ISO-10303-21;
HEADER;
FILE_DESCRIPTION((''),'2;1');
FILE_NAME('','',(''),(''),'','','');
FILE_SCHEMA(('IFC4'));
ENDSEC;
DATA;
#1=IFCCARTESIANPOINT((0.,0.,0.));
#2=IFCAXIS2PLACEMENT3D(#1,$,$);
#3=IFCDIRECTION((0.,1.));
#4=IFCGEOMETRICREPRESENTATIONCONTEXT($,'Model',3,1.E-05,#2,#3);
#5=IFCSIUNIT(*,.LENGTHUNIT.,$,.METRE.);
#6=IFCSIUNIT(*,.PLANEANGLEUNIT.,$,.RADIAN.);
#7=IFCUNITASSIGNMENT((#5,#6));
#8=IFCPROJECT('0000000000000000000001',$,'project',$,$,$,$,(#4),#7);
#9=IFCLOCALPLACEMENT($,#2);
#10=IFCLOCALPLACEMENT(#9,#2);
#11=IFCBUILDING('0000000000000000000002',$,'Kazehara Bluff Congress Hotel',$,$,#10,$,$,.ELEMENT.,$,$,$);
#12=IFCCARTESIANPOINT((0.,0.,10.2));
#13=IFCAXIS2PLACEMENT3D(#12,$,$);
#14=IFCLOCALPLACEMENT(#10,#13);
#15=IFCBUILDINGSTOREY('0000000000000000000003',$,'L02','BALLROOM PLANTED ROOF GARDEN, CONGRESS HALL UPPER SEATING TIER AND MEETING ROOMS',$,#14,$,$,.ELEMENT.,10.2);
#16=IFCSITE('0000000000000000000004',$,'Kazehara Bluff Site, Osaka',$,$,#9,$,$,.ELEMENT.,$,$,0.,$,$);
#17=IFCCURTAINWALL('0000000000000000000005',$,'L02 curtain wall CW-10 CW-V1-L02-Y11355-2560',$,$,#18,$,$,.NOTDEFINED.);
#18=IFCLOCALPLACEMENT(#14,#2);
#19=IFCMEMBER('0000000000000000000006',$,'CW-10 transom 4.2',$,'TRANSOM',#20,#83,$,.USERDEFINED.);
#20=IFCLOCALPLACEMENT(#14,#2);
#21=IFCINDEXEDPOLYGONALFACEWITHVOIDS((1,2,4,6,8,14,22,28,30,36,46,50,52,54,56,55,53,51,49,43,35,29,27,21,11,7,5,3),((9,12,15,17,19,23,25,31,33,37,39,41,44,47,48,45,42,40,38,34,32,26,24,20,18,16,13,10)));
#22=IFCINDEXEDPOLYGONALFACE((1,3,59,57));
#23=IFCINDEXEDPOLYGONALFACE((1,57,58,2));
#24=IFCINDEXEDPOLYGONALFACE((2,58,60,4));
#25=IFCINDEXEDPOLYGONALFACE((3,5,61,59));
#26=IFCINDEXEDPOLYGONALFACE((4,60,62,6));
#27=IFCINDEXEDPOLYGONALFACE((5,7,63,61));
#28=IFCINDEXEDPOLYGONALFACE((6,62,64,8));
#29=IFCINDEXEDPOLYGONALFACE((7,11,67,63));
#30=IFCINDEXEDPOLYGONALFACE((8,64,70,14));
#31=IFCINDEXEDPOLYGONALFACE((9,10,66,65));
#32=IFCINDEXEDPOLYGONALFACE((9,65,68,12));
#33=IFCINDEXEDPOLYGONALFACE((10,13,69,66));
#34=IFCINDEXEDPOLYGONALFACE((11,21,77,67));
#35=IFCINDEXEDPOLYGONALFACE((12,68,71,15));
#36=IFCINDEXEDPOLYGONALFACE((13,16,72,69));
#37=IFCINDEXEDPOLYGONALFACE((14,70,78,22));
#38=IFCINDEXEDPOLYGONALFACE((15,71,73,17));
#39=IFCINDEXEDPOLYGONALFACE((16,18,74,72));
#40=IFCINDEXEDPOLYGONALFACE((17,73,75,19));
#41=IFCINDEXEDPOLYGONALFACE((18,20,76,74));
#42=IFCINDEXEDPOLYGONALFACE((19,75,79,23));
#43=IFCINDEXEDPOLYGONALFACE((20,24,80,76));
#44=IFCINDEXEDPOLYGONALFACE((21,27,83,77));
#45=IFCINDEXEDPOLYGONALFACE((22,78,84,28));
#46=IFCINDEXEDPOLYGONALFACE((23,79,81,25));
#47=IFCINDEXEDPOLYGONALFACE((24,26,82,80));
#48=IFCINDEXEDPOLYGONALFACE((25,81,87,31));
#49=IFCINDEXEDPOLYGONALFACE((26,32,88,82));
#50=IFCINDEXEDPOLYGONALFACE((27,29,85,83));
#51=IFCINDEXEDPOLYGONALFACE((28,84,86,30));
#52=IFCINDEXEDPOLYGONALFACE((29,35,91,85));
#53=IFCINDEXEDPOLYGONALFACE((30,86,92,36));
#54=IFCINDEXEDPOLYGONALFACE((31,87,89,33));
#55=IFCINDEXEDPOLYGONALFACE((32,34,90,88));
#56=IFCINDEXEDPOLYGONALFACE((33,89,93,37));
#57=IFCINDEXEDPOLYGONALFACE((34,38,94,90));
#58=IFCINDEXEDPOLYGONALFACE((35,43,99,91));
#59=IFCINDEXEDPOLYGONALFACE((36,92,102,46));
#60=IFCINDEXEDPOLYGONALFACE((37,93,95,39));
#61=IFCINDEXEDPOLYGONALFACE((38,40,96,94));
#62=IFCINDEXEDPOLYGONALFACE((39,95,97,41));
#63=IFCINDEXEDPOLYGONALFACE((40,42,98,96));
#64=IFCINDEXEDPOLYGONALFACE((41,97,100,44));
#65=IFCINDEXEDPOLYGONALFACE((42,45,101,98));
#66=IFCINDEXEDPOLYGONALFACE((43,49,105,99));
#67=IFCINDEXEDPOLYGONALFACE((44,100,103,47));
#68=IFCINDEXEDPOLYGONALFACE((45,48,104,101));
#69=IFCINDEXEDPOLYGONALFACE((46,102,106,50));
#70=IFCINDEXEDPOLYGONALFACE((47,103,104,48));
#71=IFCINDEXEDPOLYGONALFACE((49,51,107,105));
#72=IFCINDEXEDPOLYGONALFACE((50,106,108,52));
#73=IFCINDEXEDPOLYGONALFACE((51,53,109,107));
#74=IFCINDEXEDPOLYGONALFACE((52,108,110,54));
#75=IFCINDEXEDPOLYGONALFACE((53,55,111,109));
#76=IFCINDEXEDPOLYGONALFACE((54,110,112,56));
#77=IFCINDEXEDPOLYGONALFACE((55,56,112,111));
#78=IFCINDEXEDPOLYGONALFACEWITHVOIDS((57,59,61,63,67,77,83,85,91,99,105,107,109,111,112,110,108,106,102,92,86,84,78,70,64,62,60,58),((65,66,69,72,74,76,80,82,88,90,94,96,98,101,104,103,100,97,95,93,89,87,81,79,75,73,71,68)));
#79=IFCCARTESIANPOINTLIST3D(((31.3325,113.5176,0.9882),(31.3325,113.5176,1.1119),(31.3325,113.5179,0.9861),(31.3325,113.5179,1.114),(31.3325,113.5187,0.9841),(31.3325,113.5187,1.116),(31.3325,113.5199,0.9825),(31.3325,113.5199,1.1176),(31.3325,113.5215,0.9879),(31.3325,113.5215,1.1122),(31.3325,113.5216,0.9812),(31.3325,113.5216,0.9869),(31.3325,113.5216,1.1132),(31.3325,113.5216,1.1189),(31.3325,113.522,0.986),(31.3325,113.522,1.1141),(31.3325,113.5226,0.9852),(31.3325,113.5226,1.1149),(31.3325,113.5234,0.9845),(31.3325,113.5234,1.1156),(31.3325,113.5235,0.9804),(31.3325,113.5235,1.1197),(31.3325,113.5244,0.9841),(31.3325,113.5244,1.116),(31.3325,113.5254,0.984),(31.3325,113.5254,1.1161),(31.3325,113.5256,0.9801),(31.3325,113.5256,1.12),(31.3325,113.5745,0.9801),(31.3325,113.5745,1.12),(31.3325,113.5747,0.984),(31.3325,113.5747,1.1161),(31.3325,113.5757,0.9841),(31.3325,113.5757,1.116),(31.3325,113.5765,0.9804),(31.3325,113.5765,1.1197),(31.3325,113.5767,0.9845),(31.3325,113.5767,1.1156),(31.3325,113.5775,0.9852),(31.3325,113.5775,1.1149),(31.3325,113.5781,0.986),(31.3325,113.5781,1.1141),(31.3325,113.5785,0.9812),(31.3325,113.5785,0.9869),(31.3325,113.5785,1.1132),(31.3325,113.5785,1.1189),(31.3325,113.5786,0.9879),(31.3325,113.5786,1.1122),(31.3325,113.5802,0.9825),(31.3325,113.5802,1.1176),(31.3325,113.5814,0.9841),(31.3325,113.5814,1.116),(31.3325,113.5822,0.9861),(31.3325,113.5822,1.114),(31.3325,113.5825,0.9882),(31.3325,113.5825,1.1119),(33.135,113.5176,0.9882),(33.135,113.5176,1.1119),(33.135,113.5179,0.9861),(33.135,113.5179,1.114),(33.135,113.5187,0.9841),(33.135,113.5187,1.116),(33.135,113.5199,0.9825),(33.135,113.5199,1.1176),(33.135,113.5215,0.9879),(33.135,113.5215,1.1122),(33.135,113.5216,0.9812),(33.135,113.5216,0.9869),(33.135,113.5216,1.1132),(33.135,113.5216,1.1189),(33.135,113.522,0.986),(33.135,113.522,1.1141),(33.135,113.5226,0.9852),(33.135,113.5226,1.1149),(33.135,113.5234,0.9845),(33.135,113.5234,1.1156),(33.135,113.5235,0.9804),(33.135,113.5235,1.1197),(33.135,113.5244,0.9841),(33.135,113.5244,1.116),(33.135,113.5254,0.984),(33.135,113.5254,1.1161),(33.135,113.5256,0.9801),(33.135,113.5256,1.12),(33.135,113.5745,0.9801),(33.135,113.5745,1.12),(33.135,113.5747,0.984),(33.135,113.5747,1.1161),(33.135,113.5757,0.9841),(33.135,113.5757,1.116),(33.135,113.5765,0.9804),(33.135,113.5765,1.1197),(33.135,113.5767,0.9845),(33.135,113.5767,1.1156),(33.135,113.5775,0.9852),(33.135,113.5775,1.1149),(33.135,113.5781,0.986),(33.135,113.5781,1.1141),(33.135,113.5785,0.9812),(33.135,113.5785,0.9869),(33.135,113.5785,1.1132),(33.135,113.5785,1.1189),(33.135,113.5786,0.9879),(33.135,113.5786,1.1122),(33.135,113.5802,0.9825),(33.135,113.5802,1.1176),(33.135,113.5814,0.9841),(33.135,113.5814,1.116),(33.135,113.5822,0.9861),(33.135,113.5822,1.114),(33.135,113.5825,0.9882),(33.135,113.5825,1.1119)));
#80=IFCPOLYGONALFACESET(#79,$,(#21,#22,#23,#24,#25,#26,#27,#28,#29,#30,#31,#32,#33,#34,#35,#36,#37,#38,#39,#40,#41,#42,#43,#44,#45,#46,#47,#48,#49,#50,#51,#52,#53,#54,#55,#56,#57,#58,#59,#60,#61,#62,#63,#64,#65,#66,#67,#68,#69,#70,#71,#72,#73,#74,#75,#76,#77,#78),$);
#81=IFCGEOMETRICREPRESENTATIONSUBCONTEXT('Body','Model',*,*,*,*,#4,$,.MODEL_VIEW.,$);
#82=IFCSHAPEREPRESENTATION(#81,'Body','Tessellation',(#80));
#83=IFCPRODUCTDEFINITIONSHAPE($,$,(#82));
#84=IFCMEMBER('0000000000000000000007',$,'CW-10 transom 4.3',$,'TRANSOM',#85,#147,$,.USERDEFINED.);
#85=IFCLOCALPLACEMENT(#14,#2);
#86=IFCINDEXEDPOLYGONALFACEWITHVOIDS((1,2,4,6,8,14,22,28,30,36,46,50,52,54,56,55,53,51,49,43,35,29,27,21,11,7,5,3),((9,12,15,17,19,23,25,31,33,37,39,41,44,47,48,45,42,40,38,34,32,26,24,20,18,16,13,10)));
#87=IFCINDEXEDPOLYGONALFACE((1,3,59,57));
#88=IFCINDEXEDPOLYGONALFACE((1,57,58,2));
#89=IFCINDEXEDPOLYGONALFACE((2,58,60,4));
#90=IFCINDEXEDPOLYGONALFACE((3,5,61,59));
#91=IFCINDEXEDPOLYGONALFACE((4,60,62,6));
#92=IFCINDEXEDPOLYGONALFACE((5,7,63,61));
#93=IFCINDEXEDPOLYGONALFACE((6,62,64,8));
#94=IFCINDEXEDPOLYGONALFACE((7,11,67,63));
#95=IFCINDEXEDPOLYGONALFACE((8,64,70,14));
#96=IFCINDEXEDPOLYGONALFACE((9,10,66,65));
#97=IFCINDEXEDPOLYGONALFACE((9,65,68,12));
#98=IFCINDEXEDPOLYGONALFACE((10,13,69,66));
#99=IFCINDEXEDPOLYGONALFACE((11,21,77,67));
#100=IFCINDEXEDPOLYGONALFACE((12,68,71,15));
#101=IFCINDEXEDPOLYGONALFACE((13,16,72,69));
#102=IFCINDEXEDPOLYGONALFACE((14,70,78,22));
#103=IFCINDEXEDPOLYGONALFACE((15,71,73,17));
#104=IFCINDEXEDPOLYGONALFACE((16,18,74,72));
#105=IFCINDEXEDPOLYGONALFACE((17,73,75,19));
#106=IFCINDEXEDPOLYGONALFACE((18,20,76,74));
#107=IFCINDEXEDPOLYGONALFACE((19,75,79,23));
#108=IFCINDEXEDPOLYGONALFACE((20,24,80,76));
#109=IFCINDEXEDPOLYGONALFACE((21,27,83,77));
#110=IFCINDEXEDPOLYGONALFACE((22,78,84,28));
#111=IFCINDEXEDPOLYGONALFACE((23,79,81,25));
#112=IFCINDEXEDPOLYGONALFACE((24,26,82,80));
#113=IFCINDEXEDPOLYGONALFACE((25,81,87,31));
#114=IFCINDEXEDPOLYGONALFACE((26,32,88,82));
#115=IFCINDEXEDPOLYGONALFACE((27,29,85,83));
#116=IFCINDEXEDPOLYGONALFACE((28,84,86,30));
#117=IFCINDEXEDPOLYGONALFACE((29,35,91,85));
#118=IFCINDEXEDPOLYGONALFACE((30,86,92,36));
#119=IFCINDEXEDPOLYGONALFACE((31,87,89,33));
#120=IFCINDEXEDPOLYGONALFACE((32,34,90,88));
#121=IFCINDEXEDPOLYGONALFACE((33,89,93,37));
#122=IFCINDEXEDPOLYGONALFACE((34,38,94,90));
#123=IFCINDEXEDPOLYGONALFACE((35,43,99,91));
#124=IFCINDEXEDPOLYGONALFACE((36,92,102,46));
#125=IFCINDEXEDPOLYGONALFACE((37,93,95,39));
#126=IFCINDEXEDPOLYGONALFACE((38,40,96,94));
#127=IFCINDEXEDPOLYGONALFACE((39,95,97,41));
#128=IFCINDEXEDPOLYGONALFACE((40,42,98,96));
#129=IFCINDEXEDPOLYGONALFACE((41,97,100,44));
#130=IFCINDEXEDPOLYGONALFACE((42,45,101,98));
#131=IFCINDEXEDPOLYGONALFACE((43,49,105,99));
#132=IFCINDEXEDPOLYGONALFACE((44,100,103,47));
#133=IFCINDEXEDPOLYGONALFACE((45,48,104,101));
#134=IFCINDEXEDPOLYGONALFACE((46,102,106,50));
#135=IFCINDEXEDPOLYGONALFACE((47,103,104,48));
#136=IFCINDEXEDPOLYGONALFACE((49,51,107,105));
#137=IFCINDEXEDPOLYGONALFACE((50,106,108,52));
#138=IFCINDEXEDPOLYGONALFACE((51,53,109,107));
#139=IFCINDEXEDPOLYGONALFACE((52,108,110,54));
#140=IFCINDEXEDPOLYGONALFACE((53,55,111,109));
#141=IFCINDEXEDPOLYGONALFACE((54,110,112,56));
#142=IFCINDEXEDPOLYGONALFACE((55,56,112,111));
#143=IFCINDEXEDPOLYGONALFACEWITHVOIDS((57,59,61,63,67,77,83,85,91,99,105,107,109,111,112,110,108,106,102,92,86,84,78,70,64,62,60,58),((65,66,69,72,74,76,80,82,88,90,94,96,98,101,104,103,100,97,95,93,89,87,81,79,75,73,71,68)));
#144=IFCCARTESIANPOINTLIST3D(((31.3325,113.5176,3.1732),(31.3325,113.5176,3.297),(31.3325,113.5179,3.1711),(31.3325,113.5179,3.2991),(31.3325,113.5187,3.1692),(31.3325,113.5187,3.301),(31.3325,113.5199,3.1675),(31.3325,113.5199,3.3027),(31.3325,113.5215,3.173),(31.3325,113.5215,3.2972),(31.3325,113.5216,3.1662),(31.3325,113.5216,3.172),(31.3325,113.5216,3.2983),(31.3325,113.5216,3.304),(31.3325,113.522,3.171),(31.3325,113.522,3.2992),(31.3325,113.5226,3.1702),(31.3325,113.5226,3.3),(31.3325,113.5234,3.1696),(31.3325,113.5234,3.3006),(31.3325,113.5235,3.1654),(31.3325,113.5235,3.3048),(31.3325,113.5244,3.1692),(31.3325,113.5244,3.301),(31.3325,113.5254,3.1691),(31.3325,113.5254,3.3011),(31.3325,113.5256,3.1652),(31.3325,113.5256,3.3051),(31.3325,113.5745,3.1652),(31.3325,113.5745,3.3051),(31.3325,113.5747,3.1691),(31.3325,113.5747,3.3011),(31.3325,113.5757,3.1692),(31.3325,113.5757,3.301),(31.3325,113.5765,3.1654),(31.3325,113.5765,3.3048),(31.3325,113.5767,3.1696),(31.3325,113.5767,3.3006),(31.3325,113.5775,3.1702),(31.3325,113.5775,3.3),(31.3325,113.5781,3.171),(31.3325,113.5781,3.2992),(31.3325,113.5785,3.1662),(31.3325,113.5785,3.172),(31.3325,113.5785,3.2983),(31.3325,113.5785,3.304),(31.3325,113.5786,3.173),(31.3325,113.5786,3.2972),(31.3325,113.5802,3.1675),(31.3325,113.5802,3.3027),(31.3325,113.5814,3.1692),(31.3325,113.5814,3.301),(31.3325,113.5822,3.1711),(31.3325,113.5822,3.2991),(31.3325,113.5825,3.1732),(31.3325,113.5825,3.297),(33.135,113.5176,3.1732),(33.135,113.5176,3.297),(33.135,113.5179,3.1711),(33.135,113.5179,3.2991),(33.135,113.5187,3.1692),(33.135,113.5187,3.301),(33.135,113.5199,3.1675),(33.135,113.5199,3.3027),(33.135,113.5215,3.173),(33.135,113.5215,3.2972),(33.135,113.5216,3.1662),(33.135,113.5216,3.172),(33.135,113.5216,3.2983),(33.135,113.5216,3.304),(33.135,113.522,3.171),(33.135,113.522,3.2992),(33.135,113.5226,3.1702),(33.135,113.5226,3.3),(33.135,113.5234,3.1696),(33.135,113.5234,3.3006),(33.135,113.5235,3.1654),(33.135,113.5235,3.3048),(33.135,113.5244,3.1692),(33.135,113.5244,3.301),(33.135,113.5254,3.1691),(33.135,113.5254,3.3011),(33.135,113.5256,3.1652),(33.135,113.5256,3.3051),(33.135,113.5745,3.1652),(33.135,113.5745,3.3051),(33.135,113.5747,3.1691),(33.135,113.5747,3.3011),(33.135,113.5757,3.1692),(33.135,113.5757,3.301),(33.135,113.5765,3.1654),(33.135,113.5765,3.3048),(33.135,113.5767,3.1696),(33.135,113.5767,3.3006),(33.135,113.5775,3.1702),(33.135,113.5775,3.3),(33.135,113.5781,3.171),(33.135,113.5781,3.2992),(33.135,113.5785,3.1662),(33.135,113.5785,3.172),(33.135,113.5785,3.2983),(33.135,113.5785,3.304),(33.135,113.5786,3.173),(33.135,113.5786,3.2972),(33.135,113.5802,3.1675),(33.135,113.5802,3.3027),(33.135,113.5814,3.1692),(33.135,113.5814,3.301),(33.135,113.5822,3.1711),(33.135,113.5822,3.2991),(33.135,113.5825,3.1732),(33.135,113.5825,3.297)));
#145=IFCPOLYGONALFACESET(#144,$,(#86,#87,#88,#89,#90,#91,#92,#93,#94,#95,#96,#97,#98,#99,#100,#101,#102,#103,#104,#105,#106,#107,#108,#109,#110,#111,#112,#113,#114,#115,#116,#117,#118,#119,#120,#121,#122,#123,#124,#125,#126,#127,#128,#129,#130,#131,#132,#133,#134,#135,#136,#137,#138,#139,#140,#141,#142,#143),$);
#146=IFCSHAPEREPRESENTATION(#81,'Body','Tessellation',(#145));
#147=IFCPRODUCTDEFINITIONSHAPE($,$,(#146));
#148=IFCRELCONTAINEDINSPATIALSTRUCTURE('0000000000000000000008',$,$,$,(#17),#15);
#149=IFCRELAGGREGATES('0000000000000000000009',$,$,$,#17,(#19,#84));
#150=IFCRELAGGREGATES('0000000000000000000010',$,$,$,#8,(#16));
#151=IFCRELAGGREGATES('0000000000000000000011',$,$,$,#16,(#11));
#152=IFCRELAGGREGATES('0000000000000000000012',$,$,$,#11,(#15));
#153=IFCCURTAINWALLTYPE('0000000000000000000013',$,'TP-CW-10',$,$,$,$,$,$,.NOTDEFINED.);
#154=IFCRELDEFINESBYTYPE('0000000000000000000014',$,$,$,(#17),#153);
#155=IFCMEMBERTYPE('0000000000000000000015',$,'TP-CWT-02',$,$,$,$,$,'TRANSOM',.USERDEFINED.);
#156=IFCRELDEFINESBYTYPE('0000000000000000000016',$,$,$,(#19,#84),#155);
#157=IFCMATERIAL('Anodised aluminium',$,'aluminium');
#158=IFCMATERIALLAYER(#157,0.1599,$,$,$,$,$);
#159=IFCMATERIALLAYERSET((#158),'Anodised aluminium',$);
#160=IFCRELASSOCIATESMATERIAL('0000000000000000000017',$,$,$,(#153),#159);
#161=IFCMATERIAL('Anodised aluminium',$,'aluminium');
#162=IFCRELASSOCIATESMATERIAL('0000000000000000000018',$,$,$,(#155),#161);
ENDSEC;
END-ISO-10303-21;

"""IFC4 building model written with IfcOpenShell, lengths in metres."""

from ifc_helpers import new_model, si_unit, direction, frame, origin, origin_2d, place, context, subcontext, project, spatial, hollow_rectangle, extrude, material, layer, layer_set, material_profile, profile_set, type_object, element, aggregate, save


model = new_model("IFC4")

# Units and contexts
model_context = context("Model", 3, precision=1e-05, world=origin(), true_north=direction((0.0, 1.0)))
body_context = subcontext(model_context, "Body", "Model", "MODEL_VIEW")
ifc_project = project(units=[si_unit("LENGTHUNIT", "METRE"), si_unit("PLANEANGLEUNIT", "RADIAN")], contexts=[model_context])

# Site, building, storey
site_placement = place(None, origin())
site = spatial("IfcSite", under=ifc_project, at=site_placement, Name="Kazehara Bluff Site, Osaka", CompositionType="ELEMENT", RefElevation=0.0)
building_placement = place(site_placement, origin())
building = spatial("IfcBuilding", under=site, at=building_placement, Name="Kazehara Bluff Congress Hotel", CompositionType="ELEMENT")
storey_placement = place(building_placement, frame((0.0, 0.0, 10.2)))
storey = spatial("IfcBuildingStorey", under=building, at=storey_placement, Name="L02", Description="BALLROOM PLANTED ROOF GARDEN, CONGRESS HALL UPPER SEATING TIER AND MEETING ROOMS", CompositionType="ELEMENT", Elevation=10.2)

# Curtain wall
ifc_material_1 = material(Name="Anodised aluminium", Category="aluminium")
ifc_layer_1 = layer(ifc_material_1, 0.1599)
ifc_layer_set_1 = layer_set([ifc_layer_1], Name="Anodised aluminium")
curtain_wall_type = type_object("IfcCurtainWallType", Name="TP-CW-10", PredefinedType="NOTDEFINED", material=ifc_layer_set_1)
curtain_wall_1_placement = place(storey_placement, origin())
curtain_wall_1 = element("IfcCurtainWall", 1, at=curtain_wall_1_placement, inside=storey, type_object=curtain_wall_type, Name="L02 curtain wall CW-10 CW-V1-L02-Y11355-2560", PredefinedType="NOTDEFINED")

# Members
ifc_material_2 = material(Name="Anodised aluminium", Category="aluminium")
ifc_material_profile_1 = material_profile(ifc_material_2, hollow_rectangle(XDim=0.0649, YDim=0.1399, WallThickness=0.0039, InnerFilletRadius=0.0039, OuterFilletRadius=0.0081, at=origin_2d()))
ifc_profile_set_1 = profile_set([ifc_material_profile_1], Name="Anodised aluminium")
member_type_1 = type_object("IfcMemberType", Name="TP-CWT-02", ElementType="TRANSOM", PredefinedType="USERDEFINED", material=ifc_profile_set_1)
member_1_placement = place(storey_placement, frame((31.3325, 113.55, 1.05), z_axis=(1.0, 0.0, 0.0), x_axis=(0.0, 1.0, 0.0)))
member_1 = element("IfcMember", 2, at=member_1_placement, type_object=member_type_1, Name="CW-10 transom 4.2", ObjectType="TRANSOM", PredefinedType="USERDEFINED", context=body_context, shape_type="SweptSolid", body=[
    extrude(hollow_rectangle(XDim=0.0649, YDim=0.1399, WallThickness=0.0039, InnerFilletRadius=0.0039, OuterFilletRadius=0.0081, at=origin_2d()), origin(), (0.0, 0.0, 1.0), 1.8025),
])
member_2_placement = place(storey_placement, frame((31.3325, 113.55, 3.2351), z_axis=(1.0, 0.0, 0.0), x_axis=(0.0, 1.0, 0.0)))
member_2 = element("IfcMember", 3, at=member_2_placement, type_object=member_type_1, Name="CW-10 transom 4.3", ObjectType="TRANSOM", PredefinedType="USERDEFINED", context=body_context, shape_type="SweptSolid", body=[
    extrude(hollow_rectangle(XDim=0.0649, YDim=0.1399, WallThickness=0.0039, InnerFilletRadius=0.0039, OuterFilletRadius=0.0081, at=origin_2d()), origin(), (0.0, 0.0, 1.0), 1.8025),
])

aggregate(curtain_wall_1, [member_1, member_2])

save(model, "model.ifc")
